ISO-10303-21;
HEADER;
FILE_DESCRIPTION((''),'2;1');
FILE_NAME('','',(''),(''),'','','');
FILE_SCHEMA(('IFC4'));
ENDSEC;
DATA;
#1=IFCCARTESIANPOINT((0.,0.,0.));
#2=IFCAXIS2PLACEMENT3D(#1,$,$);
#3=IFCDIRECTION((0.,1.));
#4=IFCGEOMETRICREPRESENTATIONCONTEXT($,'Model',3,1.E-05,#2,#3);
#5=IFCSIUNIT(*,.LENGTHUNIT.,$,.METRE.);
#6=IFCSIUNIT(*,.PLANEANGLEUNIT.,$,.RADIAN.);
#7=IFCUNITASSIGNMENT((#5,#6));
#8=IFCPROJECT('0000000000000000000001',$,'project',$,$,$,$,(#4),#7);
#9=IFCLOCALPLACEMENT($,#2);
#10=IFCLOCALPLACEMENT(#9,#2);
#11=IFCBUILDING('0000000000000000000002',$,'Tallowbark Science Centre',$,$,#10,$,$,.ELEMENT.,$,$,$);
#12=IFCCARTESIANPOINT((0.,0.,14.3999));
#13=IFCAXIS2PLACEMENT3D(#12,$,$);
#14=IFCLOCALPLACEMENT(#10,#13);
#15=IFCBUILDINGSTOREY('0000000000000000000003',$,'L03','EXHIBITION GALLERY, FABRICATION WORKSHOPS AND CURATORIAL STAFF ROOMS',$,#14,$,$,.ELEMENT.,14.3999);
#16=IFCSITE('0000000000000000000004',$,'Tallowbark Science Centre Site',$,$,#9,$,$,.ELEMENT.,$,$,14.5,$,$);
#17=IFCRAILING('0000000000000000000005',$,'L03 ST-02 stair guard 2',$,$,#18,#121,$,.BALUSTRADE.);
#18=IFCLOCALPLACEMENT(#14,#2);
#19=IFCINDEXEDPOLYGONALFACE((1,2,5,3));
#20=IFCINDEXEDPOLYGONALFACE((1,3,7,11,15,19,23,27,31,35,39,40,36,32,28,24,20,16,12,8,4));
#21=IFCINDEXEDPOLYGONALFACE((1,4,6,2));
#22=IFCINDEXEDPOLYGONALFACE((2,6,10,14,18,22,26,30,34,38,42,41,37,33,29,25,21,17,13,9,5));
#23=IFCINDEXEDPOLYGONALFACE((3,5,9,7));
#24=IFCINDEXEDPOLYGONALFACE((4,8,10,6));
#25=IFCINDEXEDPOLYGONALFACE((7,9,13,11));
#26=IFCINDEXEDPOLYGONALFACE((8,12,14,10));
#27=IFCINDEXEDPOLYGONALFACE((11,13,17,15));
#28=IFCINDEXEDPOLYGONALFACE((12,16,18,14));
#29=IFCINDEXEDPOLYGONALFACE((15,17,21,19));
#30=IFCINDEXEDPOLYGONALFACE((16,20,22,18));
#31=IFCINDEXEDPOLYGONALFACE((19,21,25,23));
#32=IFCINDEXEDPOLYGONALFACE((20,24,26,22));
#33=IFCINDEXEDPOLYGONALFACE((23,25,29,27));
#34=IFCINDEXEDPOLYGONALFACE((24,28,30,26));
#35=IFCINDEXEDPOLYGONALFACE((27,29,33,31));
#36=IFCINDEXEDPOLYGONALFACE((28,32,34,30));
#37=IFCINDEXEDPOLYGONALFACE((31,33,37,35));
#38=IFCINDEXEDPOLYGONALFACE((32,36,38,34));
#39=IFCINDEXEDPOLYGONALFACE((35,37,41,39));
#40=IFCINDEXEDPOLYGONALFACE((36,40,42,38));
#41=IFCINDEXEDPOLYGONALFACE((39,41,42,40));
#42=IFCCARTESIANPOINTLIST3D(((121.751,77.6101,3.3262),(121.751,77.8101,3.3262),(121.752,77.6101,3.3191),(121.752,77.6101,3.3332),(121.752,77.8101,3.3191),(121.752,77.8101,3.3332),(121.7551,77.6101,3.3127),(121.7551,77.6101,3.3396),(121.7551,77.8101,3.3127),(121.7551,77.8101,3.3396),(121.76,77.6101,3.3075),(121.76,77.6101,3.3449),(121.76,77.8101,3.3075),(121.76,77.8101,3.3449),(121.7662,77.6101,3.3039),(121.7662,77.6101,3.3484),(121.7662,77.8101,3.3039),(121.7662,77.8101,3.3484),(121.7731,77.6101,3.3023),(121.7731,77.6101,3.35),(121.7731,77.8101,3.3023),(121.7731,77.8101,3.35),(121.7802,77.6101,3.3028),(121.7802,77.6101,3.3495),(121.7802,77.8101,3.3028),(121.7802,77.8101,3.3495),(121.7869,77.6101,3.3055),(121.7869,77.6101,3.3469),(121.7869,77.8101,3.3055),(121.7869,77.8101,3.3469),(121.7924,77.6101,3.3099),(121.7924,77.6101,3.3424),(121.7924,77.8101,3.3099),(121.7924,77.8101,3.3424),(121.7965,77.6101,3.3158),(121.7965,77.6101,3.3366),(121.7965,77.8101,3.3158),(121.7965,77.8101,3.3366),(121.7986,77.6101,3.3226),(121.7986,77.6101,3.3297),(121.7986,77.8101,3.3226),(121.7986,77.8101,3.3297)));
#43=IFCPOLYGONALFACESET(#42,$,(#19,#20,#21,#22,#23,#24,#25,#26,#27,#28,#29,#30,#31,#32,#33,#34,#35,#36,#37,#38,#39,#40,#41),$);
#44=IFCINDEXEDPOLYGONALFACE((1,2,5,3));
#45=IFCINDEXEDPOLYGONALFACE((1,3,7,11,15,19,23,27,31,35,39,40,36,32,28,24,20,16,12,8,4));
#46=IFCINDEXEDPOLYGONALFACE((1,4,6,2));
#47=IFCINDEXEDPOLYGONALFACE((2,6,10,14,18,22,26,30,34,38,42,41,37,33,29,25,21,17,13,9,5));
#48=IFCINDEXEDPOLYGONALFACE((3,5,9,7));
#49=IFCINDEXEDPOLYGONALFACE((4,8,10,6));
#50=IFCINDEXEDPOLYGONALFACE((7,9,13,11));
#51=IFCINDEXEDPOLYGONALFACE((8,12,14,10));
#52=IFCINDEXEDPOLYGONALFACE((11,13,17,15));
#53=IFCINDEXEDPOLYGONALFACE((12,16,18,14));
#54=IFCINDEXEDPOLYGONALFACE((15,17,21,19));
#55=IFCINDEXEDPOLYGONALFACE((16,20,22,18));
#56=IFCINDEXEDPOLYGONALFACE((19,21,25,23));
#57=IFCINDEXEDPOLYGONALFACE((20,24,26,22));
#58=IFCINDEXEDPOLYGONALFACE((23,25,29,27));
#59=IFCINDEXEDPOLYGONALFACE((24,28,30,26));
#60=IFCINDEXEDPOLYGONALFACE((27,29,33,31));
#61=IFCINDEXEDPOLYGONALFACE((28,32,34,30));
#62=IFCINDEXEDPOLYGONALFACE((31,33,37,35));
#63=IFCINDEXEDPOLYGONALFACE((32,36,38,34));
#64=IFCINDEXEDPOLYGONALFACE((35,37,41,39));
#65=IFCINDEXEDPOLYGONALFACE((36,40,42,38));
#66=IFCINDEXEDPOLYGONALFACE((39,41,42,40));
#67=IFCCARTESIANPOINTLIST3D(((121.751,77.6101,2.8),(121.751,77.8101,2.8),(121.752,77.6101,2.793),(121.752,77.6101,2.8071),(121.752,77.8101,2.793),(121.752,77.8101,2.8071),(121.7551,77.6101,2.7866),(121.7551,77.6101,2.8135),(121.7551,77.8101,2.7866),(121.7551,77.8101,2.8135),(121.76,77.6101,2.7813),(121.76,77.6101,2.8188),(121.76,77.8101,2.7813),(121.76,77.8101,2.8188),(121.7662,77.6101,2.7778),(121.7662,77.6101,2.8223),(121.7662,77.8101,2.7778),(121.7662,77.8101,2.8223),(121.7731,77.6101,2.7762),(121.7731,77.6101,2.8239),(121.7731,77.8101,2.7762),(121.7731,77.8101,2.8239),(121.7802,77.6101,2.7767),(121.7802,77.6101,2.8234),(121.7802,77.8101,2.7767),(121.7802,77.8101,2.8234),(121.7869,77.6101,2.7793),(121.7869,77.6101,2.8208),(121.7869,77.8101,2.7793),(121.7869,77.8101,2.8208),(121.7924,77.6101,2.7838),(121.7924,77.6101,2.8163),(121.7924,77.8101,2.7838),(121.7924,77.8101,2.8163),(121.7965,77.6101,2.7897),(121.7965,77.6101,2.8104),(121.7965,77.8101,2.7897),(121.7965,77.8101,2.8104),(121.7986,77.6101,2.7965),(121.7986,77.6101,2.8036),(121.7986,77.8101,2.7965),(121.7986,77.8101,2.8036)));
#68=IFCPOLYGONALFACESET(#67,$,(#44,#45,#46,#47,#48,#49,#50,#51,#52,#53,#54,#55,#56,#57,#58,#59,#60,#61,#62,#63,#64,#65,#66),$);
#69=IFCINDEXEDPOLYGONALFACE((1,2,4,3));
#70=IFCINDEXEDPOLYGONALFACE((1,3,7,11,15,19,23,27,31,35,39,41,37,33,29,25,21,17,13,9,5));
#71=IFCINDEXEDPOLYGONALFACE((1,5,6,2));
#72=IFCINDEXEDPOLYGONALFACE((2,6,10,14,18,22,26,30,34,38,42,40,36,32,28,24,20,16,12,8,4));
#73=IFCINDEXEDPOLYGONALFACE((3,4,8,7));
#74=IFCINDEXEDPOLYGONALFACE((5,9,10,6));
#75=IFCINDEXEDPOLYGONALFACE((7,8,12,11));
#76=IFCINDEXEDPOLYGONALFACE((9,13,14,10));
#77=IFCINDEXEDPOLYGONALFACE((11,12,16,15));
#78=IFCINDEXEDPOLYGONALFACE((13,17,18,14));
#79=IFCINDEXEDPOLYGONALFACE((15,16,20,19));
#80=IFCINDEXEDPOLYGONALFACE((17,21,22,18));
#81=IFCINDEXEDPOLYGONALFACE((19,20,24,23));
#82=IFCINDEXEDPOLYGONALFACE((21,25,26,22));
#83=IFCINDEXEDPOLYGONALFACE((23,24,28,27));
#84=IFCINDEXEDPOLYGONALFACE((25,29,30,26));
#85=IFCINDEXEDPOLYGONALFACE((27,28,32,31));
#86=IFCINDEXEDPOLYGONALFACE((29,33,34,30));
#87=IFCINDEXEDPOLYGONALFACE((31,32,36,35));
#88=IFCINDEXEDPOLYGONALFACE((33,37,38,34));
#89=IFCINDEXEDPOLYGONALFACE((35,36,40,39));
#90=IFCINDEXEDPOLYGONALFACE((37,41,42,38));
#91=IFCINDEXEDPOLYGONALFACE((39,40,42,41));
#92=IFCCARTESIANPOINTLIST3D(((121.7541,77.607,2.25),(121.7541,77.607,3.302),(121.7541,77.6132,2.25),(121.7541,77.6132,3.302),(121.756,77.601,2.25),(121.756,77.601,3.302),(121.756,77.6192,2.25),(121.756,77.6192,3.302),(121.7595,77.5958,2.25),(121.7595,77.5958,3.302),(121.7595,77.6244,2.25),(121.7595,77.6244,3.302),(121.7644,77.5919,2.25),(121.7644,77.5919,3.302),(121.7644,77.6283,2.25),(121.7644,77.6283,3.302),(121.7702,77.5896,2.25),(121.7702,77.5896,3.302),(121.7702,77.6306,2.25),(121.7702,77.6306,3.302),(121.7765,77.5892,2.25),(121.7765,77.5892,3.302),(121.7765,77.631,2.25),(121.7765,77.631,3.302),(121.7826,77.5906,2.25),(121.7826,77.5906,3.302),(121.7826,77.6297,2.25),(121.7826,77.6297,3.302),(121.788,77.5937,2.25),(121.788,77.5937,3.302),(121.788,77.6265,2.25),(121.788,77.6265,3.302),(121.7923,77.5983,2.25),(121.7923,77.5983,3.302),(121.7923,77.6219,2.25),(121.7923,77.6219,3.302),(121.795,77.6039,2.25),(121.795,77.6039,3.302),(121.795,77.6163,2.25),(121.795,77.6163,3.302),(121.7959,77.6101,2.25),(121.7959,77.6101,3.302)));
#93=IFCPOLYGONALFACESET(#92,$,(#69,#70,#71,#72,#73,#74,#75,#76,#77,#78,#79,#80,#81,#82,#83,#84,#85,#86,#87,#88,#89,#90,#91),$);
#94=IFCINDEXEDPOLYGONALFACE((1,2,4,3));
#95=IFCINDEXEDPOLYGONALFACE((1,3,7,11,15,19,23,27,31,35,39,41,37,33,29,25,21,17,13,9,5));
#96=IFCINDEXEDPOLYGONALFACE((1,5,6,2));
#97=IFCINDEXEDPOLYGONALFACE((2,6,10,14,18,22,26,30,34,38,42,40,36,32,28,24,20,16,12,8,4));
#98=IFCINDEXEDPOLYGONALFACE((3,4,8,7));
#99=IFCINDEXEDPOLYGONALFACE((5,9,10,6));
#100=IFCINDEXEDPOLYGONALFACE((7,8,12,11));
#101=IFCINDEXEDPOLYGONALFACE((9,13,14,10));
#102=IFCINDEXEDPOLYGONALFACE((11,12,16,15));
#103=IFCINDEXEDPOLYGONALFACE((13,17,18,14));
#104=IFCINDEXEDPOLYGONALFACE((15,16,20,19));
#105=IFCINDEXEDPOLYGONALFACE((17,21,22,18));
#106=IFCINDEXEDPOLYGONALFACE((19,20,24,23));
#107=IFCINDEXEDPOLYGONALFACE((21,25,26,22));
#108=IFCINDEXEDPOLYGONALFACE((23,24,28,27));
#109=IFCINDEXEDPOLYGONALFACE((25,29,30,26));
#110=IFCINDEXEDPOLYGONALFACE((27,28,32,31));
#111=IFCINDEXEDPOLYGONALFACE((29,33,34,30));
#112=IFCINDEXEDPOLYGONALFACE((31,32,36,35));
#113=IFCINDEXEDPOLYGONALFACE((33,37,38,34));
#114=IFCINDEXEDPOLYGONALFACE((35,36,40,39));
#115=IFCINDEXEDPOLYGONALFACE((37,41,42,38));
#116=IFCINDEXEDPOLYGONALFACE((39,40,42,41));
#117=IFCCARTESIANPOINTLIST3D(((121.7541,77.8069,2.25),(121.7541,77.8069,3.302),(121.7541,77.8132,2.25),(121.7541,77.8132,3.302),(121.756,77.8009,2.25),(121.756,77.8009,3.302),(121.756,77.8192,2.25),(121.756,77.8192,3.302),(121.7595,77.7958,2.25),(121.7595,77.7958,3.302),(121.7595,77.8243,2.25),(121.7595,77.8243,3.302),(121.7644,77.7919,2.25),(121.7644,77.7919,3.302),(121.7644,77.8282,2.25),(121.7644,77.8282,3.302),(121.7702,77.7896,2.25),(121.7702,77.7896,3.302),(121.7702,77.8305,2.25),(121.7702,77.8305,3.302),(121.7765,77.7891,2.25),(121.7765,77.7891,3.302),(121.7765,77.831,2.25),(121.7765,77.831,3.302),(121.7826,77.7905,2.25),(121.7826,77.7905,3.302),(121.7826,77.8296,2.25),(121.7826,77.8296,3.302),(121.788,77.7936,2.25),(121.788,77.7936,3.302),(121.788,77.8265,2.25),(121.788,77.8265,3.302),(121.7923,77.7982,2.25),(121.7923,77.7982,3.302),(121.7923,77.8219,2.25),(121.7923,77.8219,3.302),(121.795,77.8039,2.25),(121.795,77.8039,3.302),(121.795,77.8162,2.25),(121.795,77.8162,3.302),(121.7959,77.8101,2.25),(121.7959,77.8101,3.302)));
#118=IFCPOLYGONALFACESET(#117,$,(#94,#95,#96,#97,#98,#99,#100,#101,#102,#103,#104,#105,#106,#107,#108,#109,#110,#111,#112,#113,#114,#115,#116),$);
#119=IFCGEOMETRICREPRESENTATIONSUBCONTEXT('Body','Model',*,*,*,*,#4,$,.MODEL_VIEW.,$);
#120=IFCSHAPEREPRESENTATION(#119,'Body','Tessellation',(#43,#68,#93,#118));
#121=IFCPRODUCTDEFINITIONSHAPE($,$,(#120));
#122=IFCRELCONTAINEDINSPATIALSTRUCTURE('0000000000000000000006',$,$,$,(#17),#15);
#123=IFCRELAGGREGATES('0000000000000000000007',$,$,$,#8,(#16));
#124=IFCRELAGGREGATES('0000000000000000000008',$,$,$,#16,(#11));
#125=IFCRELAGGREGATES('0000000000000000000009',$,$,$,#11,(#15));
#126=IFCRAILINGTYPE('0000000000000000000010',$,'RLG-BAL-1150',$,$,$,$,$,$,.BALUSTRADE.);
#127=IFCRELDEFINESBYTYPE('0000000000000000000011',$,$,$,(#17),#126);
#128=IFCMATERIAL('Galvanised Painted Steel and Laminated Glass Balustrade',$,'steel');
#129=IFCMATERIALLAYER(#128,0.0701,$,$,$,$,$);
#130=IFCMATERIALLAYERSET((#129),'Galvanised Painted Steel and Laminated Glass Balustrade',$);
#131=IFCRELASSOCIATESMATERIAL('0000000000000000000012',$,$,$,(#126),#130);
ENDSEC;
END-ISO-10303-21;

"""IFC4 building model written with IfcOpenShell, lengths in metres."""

from ifc_helpers import new_model, si_unit, direction, frame, origin, origin_2d, place, context, subcontext, project, spatial, circle, extrude, material, layer, layer_set, type_object, element, save


model = new_model("IFC4")

# Units and contexts
model_context = context("Model", 3, precision=1e-05, world=origin(), true_north=direction((0.0, 1.0)))
body_context = subcontext(model_context, "Body", "Model", "MODEL_VIEW")
ifc_project = project(units=[si_unit("LENGTHUNIT", "METRE"), si_unit("PLANEANGLEUNIT", "RADIAN")], contexts=[model_context])

# Site, building, storey
site_placement = place(None, origin())
site = spatial("IfcSite", under=ifc_project, at=site_placement, Name="Tallowbark Science Centre Site", CompositionType="ELEMENT", RefElevation=14.5)
building_placement = place(site_placement, origin())
building = spatial("IfcBuilding", under=site, at=building_placement, Name="Tallowbark Science Centre", CompositionType="ELEMENT")
storey_placement = place(building_placement, frame((0.0, 0.0, 14.3999)))
storey = spatial("IfcBuildingStorey", under=building, at=storey_placement, Name="L03", Description="EXHIBITION GALLERY, FABRICATION WORKSHOPS AND CURATORIAL STAFF ROOMS", CompositionType="ELEMENT", Elevation=14.3999)

# Railing
ifc_material_1 = material(Name="Galvanised Painted Steel and Laminated Glass Balustrade", Category="steel")
ifc_layer_1 = layer(ifc_material_1, 0.0701)
ifc_layer_set_1 = layer_set([ifc_layer_1], Name="Galvanised Painted Steel and Laminated Glass Balustrade")
railing_type_1 = type_object("IfcRailingType", Name="RLG-BAL-1150", PredefinedType="BALUSTRADE", material=ifc_layer_set_1)
railing_1_placement = place(storey_placement, frame((121.7749, 77.6101, 2.25)))
element("IfcRailing", 1, at=railing_1_placement, inside=storey, type_object=railing_type_1, Name="L03 ST-02 stair guard 2", PredefinedType="BALUSTRADE", context=body_context, shape_type="SweptSolid", body=[
    extrude(circle(Radius=0.0239, at=origin_2d()), frame((0.0, 0.0, 1.0762), z_axis=(0.0, 1.0, 0.0), x_axis=(-1.0, 0.0, 0.0)), (0.0, 0.0, 1.0), 0.2),
    extrude(circle(Radius=0.0239, at=origin_2d()), frame((0.0, 0.0, 0.55), z_axis=(0.0, 1.0, 0.0), x_axis=(-1.0, 0.0, 0.0)), (0.0, 0.0, 1.0), 0.2),
    extrude(circle(Radius=0.021, at=origin_2d()), origin(), (0.0, 0.0, 1.0), 1.052),
    extrude(circle(Radius=0.021, at=origin_2d()), frame((0.0, 0.2, 0.0)), (0.0, 0.0, 1.0), 1.052),
])

save(model, "model.ifc")
